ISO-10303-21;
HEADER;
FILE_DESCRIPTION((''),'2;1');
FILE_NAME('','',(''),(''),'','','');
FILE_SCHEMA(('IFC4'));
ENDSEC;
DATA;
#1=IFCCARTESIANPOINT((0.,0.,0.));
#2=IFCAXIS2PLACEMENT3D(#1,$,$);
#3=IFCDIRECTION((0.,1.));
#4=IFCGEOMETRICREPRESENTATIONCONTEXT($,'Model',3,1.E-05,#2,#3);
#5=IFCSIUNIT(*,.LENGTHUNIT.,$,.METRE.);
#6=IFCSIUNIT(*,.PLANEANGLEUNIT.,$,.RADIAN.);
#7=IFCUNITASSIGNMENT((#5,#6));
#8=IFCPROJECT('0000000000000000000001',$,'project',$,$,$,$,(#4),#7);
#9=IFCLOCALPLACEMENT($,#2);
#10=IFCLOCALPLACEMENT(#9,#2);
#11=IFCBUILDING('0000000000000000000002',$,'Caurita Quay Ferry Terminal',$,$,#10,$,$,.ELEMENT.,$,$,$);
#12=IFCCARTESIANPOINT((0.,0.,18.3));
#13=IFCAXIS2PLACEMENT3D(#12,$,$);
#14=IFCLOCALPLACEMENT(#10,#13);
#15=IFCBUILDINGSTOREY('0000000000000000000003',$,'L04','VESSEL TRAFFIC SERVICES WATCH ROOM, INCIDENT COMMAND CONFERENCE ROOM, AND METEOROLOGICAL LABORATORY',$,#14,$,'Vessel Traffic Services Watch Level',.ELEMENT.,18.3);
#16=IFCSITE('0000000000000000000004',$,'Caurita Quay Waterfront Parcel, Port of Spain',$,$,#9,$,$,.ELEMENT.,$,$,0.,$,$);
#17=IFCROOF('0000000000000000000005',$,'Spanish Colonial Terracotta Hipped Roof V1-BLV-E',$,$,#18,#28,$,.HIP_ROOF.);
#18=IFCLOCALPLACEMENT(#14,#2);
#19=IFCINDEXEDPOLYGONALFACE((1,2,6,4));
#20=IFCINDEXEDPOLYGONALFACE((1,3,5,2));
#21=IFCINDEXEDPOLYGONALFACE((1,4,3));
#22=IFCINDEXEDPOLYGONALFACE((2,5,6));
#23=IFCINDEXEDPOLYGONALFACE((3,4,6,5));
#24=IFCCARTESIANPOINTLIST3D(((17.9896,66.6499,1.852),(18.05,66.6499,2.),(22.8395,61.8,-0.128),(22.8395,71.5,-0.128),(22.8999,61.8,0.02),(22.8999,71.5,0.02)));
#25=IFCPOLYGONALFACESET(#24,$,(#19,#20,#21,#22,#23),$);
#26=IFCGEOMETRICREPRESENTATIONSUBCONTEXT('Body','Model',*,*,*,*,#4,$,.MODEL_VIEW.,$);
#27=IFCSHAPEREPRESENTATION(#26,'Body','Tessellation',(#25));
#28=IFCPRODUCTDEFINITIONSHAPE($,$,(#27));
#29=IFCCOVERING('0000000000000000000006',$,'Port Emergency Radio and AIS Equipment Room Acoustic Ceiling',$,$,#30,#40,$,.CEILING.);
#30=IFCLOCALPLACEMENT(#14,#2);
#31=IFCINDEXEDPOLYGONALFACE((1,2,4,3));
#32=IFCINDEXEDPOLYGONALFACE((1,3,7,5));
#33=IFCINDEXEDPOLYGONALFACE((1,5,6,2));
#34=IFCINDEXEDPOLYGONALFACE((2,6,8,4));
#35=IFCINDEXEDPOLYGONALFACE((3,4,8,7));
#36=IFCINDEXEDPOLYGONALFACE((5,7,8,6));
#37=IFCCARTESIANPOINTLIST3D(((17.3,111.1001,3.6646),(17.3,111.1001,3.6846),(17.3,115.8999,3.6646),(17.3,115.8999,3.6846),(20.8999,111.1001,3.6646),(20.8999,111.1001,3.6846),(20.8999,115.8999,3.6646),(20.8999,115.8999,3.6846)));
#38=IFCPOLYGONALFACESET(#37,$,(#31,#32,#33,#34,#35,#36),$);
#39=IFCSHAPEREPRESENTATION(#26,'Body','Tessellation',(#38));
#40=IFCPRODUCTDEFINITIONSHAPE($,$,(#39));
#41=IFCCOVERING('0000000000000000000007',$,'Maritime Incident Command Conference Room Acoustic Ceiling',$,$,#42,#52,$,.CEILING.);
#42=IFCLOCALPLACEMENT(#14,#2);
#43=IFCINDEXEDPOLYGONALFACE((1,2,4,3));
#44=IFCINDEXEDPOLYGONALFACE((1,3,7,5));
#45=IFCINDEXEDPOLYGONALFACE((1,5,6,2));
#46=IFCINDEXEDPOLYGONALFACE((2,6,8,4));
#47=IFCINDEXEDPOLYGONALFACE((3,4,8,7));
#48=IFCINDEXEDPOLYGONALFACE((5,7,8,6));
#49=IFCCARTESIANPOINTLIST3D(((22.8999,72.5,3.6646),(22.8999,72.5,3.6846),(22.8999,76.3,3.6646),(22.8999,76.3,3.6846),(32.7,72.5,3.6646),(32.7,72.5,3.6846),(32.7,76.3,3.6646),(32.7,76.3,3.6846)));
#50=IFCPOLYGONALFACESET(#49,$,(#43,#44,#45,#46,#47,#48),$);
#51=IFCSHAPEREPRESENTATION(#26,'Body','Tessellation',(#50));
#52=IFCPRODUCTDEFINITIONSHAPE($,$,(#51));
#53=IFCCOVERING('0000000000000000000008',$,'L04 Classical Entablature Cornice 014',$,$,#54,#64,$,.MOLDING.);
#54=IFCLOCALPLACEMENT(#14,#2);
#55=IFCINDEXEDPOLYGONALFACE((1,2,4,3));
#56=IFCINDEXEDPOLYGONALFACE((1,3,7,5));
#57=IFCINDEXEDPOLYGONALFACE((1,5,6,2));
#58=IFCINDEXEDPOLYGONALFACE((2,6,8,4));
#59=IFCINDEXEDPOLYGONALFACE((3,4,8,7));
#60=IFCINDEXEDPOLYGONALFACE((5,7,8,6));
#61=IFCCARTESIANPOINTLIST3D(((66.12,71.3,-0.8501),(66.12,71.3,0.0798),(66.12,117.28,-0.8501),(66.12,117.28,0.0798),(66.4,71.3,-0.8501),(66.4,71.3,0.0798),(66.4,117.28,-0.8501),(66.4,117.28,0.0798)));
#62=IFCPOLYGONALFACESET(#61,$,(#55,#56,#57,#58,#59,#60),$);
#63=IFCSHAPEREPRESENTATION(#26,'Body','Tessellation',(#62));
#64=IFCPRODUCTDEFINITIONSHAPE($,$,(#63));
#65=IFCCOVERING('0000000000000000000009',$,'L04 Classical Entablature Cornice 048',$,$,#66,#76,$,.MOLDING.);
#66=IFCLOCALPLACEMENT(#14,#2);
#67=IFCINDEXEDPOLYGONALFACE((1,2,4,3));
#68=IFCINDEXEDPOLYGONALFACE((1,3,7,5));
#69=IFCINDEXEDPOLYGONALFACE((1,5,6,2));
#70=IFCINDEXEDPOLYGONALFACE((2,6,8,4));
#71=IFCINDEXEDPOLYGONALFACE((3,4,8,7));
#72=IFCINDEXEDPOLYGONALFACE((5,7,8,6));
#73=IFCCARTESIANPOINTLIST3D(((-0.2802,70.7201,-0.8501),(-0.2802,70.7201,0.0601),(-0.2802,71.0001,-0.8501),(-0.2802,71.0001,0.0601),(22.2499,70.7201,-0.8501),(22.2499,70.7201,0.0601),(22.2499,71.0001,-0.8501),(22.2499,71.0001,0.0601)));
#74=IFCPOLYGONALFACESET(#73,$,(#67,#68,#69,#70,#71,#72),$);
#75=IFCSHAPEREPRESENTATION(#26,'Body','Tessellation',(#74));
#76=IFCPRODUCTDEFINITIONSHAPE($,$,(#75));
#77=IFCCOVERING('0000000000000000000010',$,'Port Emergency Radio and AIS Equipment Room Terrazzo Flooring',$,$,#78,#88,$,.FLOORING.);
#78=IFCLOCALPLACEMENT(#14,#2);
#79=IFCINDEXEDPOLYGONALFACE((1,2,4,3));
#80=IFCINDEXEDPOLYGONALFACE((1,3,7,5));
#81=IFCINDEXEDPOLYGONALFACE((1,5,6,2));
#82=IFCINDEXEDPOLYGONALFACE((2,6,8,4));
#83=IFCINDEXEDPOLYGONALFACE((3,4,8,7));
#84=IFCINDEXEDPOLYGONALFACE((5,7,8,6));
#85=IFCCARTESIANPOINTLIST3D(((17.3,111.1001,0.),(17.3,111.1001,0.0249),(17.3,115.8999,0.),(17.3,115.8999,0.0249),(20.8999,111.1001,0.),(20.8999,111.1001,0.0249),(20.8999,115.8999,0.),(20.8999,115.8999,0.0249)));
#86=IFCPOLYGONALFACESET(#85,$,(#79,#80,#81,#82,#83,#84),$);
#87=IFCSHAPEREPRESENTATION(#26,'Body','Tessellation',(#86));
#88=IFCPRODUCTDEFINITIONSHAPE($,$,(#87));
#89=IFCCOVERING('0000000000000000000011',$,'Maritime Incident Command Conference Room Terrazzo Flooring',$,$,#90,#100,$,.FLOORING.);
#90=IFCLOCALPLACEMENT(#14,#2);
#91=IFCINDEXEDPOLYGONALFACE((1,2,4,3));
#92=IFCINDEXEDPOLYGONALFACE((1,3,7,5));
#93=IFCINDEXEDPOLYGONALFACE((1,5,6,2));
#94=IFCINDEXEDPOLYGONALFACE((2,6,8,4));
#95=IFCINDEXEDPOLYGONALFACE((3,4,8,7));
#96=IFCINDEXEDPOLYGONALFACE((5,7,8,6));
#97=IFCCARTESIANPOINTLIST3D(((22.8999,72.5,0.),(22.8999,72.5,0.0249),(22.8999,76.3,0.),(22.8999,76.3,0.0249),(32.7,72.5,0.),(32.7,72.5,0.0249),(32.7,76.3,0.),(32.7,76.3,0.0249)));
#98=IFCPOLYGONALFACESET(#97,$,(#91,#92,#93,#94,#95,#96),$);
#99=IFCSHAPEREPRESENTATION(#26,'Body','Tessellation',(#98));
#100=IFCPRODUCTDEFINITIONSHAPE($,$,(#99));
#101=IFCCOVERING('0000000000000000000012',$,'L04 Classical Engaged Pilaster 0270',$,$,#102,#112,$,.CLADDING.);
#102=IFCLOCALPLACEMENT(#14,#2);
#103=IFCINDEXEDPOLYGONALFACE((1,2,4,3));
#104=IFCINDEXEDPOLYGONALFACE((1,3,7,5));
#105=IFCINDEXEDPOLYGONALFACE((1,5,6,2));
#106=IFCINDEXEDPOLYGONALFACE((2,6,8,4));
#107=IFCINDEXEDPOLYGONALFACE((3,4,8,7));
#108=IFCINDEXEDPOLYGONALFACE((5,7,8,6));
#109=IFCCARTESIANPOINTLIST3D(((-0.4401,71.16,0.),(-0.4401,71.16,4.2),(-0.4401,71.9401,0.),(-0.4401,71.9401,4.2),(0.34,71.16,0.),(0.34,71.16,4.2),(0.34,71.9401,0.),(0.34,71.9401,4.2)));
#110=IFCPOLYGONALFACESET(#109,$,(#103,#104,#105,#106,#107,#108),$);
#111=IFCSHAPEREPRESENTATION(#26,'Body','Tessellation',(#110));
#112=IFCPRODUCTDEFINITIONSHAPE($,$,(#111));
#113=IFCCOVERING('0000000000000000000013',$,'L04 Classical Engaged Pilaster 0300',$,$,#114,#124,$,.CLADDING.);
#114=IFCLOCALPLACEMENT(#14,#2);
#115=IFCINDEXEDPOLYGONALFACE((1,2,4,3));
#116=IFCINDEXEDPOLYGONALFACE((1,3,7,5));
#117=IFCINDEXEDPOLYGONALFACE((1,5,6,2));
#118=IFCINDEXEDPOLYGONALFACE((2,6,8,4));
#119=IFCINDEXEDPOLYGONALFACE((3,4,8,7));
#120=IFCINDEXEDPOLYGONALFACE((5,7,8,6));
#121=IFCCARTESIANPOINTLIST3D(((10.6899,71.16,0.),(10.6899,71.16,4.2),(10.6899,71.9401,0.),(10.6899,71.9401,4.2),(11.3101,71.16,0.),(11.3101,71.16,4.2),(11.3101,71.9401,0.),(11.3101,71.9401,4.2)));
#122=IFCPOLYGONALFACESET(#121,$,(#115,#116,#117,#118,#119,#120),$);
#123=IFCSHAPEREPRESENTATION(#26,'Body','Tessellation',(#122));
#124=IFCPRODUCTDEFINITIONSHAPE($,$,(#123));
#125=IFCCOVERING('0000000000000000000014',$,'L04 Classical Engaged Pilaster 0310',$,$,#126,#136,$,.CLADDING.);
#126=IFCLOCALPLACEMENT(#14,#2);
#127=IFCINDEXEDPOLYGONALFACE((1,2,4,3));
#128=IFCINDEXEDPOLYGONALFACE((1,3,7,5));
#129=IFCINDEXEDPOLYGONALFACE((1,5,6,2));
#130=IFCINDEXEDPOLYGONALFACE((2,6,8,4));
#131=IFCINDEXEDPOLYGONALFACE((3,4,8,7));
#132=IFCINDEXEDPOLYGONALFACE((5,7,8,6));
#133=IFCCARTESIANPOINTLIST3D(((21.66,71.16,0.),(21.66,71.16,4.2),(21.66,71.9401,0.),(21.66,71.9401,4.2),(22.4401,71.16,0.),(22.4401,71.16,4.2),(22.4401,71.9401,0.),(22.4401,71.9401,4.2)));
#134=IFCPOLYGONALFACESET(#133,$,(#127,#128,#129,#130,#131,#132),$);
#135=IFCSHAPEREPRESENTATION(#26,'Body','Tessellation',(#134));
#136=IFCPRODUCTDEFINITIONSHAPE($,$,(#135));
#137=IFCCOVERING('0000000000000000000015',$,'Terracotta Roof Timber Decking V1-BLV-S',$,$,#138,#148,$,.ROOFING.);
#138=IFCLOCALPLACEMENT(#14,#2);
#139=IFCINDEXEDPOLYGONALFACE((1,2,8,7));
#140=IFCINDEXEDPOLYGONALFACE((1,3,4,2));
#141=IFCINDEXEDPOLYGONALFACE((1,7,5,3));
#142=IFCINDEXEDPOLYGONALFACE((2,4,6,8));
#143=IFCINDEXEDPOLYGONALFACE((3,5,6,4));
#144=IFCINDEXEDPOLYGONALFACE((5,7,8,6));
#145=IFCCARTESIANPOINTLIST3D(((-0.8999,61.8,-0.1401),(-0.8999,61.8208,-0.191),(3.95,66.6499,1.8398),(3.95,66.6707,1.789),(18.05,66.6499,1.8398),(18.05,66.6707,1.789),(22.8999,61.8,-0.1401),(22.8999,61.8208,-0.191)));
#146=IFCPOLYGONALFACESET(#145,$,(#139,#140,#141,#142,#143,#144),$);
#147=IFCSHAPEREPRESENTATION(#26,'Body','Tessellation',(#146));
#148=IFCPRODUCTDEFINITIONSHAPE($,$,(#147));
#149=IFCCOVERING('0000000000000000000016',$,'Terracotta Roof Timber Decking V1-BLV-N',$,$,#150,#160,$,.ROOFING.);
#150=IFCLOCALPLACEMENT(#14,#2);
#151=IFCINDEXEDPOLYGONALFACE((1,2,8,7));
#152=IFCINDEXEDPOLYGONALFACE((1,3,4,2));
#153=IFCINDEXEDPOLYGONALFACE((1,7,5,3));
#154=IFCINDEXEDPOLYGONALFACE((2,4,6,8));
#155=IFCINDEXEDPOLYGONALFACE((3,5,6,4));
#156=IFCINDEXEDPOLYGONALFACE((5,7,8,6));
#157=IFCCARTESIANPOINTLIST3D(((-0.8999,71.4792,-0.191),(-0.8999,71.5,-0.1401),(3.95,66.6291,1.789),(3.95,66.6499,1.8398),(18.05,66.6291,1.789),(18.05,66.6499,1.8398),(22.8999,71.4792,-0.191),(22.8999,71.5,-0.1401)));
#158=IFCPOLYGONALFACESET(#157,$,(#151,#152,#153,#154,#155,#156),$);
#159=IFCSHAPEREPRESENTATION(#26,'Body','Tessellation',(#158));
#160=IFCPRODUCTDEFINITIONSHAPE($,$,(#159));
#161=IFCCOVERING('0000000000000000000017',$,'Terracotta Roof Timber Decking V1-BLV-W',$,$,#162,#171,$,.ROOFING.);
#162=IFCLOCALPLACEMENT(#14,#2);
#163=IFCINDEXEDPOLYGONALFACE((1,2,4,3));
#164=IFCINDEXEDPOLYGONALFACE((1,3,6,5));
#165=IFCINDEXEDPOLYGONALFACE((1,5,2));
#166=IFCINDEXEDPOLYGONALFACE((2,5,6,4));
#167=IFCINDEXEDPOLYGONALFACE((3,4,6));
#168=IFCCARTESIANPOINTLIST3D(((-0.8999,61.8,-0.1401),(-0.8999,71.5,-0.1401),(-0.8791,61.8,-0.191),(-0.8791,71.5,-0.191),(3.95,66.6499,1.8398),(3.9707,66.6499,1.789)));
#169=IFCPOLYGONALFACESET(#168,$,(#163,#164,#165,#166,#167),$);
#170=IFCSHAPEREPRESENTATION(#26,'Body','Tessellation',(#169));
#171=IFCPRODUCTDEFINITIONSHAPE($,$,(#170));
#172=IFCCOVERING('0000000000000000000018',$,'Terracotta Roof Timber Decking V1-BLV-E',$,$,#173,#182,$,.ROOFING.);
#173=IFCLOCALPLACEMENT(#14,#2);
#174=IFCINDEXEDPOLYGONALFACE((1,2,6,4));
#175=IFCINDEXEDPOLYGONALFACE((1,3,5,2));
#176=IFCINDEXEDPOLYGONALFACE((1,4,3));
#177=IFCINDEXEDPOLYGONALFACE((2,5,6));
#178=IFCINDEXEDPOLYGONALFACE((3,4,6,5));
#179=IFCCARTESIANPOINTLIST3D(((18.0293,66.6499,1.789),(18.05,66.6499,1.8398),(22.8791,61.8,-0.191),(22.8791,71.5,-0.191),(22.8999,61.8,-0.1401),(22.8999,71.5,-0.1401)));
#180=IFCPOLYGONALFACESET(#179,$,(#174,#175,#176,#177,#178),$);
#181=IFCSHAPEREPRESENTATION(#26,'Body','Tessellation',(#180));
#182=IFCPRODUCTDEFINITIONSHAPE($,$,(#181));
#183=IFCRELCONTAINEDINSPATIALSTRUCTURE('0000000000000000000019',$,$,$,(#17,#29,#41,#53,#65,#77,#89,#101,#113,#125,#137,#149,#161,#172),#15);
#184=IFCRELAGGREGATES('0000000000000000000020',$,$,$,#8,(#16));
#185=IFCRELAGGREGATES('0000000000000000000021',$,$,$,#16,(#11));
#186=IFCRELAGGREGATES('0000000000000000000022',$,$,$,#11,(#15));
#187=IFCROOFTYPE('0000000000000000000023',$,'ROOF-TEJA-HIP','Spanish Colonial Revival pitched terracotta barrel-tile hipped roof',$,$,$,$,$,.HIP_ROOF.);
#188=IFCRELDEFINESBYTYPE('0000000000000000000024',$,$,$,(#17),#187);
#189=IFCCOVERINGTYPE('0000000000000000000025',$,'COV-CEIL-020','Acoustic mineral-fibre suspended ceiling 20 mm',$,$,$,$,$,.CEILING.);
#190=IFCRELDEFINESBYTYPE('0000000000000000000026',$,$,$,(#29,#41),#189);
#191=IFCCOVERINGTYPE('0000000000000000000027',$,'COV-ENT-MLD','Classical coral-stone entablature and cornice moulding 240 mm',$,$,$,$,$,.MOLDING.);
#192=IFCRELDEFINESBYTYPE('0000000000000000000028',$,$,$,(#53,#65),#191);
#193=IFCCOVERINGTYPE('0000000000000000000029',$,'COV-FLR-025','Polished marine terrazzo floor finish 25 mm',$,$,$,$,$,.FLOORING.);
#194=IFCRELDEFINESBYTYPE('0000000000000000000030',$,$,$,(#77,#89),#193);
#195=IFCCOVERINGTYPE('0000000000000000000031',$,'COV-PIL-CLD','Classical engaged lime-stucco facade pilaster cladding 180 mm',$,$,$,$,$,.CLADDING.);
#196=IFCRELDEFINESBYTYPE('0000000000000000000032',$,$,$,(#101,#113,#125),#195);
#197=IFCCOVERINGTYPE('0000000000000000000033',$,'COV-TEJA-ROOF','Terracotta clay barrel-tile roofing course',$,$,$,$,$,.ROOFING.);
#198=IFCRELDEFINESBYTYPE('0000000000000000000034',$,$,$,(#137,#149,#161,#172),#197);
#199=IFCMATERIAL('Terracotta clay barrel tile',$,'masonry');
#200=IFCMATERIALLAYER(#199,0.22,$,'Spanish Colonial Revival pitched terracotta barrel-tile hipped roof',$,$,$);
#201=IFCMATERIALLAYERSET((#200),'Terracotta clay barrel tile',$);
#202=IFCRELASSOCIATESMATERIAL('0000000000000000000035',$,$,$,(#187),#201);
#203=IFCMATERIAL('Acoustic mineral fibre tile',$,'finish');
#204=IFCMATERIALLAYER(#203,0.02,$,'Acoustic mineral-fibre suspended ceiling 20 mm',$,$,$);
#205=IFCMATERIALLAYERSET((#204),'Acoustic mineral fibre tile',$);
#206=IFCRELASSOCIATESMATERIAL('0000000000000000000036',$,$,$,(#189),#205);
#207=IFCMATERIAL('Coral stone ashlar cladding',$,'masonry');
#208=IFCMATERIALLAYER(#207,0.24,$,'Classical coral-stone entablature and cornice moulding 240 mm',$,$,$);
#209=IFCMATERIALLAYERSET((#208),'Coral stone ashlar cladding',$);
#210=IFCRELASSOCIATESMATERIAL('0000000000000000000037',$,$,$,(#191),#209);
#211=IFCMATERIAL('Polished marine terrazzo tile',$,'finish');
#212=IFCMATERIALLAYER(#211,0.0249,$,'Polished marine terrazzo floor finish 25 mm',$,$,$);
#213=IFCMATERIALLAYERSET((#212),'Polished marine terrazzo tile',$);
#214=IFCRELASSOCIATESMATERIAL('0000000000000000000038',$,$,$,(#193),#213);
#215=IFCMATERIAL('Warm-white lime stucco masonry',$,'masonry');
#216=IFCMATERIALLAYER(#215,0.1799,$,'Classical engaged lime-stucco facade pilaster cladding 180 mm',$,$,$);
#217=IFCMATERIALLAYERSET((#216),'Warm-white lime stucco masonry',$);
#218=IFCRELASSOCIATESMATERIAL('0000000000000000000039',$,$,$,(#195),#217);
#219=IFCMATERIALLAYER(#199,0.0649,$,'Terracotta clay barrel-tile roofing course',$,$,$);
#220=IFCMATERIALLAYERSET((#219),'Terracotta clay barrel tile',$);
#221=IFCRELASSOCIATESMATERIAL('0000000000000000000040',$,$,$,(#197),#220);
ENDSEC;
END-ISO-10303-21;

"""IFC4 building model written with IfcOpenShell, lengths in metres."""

from ifc_helpers import new_model, si_unit, direction, frame, frame_2d, origin, origin_2d, place, context, subcontext, project, spatial, polyline, rectangle, outline, extrude, material, layer, layer_set, type_object, element, save


model = new_model("IFC4")

# Units and contexts
model_context = context("Model", 3, precision=1e-05, world=origin(), true_north=direction((0.0, 1.0)))
body_context = subcontext(model_context, "Body", "Model", "MODEL_VIEW")
ifc_project = project(units=[si_unit("LENGTHUNIT", "METRE"), si_unit("PLANEANGLEUNIT", "RADIAN")], contexts=[model_context])

# Site, building, storey
site_placement = place(None, origin())
site = spatial("IfcSite", under=ifc_project, at=site_placement, Name="Caurita Quay Waterfront Parcel, Port of Spain", CompositionType="ELEMENT", RefElevation=0.0)
building_placement = place(site_placement, origin())
building = spatial("IfcBuilding", under=site, at=building_placement, Name="Caurita Quay Ferry Terminal", CompositionType="ELEMENT")
storey_placement = place(building_placement, frame((0.0, 0.0, 18.3)))
storey = spatial("IfcBuildingStorey", under=building, at=storey_placement, Name="L04", Description="VESSEL TRAFFIC SERVICES WATCH ROOM, INCIDENT COMMAND CONFERENCE ROOM, AND METEOROLOGICAL LABORATORY", LongName="Vessel Traffic Services Watch Level", CompositionType="ELEMENT", Elevation=18.3)

# Roof
ifc_material_1 = material(Name="Terracotta clay barrel tile", Category="masonry")
ifc_layer_1 = layer(ifc_material_1, 0.22, Name="Spanish Colonial Revival pitched terracotta barrel-tile hipped roof")
ifc_layer_set_1 = layer_set([ifc_layer_1], Name="Terracotta clay barrel tile")
roof_type = type_object("IfcRoofType", Name="ROOF-TEJA-HIP", Description="Spanish Colonial Revival pitched terracotta barrel-tile hipped roof", PredefinedType="HIP_ROOF", material=ifc_layer_set_1)
roof_1_placement = place(storey_placement, frame((22.8999, 61.8, 0.02), z_axis=(0.37797, 0.0, 0.925818), x_axis=(0.0, 1.0, 0.0)))
element("IfcRoof", 1, at=roof_1_placement, inside=storey, type_object=roof_type, Name="Spanish Colonial Terracotta Hipped Roof V1-BLV-E", PredefinedType="HIP_ROOF", context=body_context, shape_type="SweptSolid", body=[
    extrude(outline(polyline([(0.0, 0.0), (9.7, 0.0), (4.8499, 5.2385), (0.0, 0.0)])), origin(), (0.0, 0.0, -1.0), 0.1599),
])

# Coverings
ifc_material_2 = material(Name="Acoustic mineral fibre tile", Category="finish")
ifc_layer_2 = layer(ifc_material_2, 0.02, Name="Acoustic mineral-fibre suspended ceiling 20 mm")
ifc_layer_set_2 = layer_set([ifc_layer_2], Name="Acoustic mineral fibre tile")
covering_type_1 = type_object("IfcCoveringType", Name="COV-CEIL-020", Description="Acoustic mineral-fibre suspended ceiling 20 mm", PredefinedType="CEILING", material=ifc_layer_set_2)
covering_1_placement = place(storey_placement, frame((0.0, 0.0, 3.6646)))
element("IfcCovering", 2, at=covering_1_placement, inside=storey, type_object=covering_type_1, Name="Port Emergency Radio and AIS Equipment Room Acoustic Ceiling", PredefinedType="CEILING", context=body_context, shape_type="SweptSolid", body=[
    extrude(outline(polyline([(17.3, 111.1001), (20.8999, 111.1001), (20.8999, 115.8999), (17.3, 115.8999), (17.3, 111.1001)])), origin(), (0.0, 0.0, 1.0), 0.02),
])
covering_2_placement = place(storey_placement, frame((0.0, 0.0, 3.6646)))
element("IfcCovering", 3, at=covering_2_placement, inside=storey, type_object=covering_type_1, Name="Maritime Incident Command Conference Room Acoustic Ceiling", PredefinedType="CEILING", context=body_context, shape_type="SweptSolid", body=[
    extrude(outline(polyline([(22.8999, 72.5), (32.7, 72.5), (32.7, 76.3), (22.8999, 76.3), (22.8999, 72.5)])), origin(), (0.0, 0.0, 1.0), 0.02),
])
ifc_material_3 = material(Name="Coral stone ashlar cladding", Category="masonry")
ifc_layer_3 = layer(ifc_material_3, 0.24, Name="Classical coral-stone entablature and cornice moulding 240 mm")
ifc_layer_set_3 = layer_set([ifc_layer_3], Name="Coral stone ashlar cladding")
covering_type_2 = type_object("IfcCoveringType", Name="COV-ENT-MLD", Description="Classical coral-stone entablature and cornice moulding 240 mm", PredefinedType="MOLDING", material=ifc_layer_set_3)
covering_3_placement = place(storey_placement, frame((66.26, 71.3, -0.8501), z_axis=(0.0, 0.0, 1.0), x_axis=(0.0, 1.0, 0.0)))
element("IfcCovering", 4, at=covering_3_placement, inside=storey, type_object=covering_type_2, Name="L04 Classical Entablature Cornice 014", PredefinedType="MOLDING", context=body_context, shape_type="SweptSolid", body=[
    extrude(rectangle(XDim=45.98, YDim=0.28, at=frame_2d((22.99, 0.0))), origin(), (0.0, 0.0, 1.0), 0.9299),
])
covering_4_placement = place(storey_placement, frame((22.25, 70.8601, -0.8501), z_axis=(0.0, 0.0, 1.0), x_axis=(-1.0, 0.0, 0.0)))
element("IfcCovering", 5, at=covering_4_placement, inside=storey, type_object=covering_type_2, Name="L04 Classical Entablature Cornice 048", PredefinedType="MOLDING", context=body_context, shape_type="SweptSolid", body=[
    extrude(rectangle(XDim=22.53, YDim=0.28, at=frame_2d((11.2651, 0.0))), origin(), (0.0, 0.0, 1.0), 0.9102),
])
ifc_material_4 = material(Name="Polished marine terrazzo tile", Category="finish")
ifc_layer_4 = layer(ifc_material_4, 0.0249, Name="Polished marine terrazzo floor finish 25 mm")
ifc_layer_set_4 = layer_set([ifc_layer_4], Name="Polished marine terrazzo tile")
covering_type_3 = type_object("IfcCoveringType", Name="COV-FLR-025", Description="Polished marine terrazzo floor finish 25 mm", PredefinedType="FLOORING", material=ifc_layer_set_4)
covering_5_placement = place(storey_placement, origin())
element("IfcCovering", 6, at=covering_5_placement, inside=storey, type_object=covering_type_3, Name="Port Emergency Radio and AIS Equipment Room Terrazzo Flooring", PredefinedType="FLOORING", context=body_context, shape_type="SweptSolid", body=[
    extrude(outline(polyline([(17.3, 111.1001), (20.8999, 111.1001), (20.8999, 115.8999), (17.3, 115.8999), (17.3, 111.1001)])), origin(), (0.0, 0.0, 1.0), 0.0249),
])
covering_6_placement = place(storey_placement, origin())
element("IfcCovering", 7, at=covering_6_placement, inside=storey, type_object=covering_type_3, Name="Maritime Incident Command Conference Room Terrazzo Flooring", PredefinedType="FLOORING", context=body_context, shape_type="SweptSolid", body=[
    extrude(outline(polyline([(22.8999, 72.5), (32.7, 72.5), (32.7, 76.3), (22.8999, 76.3), (22.8999, 72.5)])), origin(), (0.0, 0.0, 1.0), 0.0249),
])
ifc_material_5 = material(Name="Warm-white lime stucco masonry", Category="masonry")
ifc_layer_5 = layer(ifc_material_5, 0.1799, Name="Classical engaged lime-stucco facade pilaster cladding 180 mm")
ifc_layer_set_5 = layer_set([ifc_layer_5], Name="Warm-white lime stucco masonry")
covering_type_4 = type_object("IfcCoveringType", Name="COV-PIL-CLD", Description="Classical engaged lime-stucco facade pilaster cladding 180 mm", PredefinedType="CLADDING", material=ifc_layer_set_5)
covering_7_placement = place(storey_placement, frame((-0.05, 71.55, 0.0), z_axis=(0.0, 0.0, 1.0), x_axis=(1.0, 0.0, 0.0)))
element("IfcCovering", 8, at=covering_7_placement, inside=storey, type_object=covering_type_4, Name="L04 Classical Engaged Pilaster 0270", PredefinedType="CLADDING", context=body_context, shape_type="SweptSolid", body=[
    extrude(rectangle(XDim=0.78, YDim=0.78, at=origin_2d()), origin(), (0.0, 0.0, 1.0), 4.2),
])
covering_8_placement = place(storey_placement, frame((11.0, 71.55, 0.0), z_axis=(0.0, 0.0, 1.0), x_axis=(1.0, 0.0, 0.0)))
element("IfcCovering", 9, at=covering_8_placement, inside=storey, type_object=covering_type_4, Name="L04 Classical Engaged Pilaster 0300", PredefinedType="CLADDING", context=body_context, shape_type="SweptSolid", body=[
    extrude(rectangle(XDim=0.6201, YDim=0.78, at=origin_2d()), origin(), (0.0, 0.0, 1.0), 4.2),
])
covering_9_placement = place(storey_placement, frame((22.05, 71.55, 0.0), z_axis=(0.0, 0.0, 1.0), x_axis=(1.0, 0.0, 0.0)))
element("IfcCovering", 10, at=covering_9_placement, inside=storey, type_object=covering_type_4, Name="L04 Classical Engaged Pilaster 0310", PredefinedType="CLADDING", context=body_context, shape_type="SweptSolid", body=[
    extrude(rectangle(XDim=0.78, YDim=0.78, at=origin_2d()), origin(), (0.0, 0.0, 1.0), 4.2),
])
ifc_layer_6 = layer(ifc_material_1, 0.0649, Name="Terracotta clay barrel-tile roofing course")
ifc_layer_set_6 = layer_set([ifc_layer_6], Name="Terracotta clay barrel tile")
covering_type_5 = type_object("IfcCoveringType", Name="COV-TEJA-ROOF", Description="Terracotta clay barrel-tile roofing course", PredefinedType="ROOFING", material=ifc_layer_set_6)
covering_10_placement = place(storey_placement, frame((-0.8999, 61.8, -0.1401), z_axis=(0.0, -0.37797, 0.925818), x_axis=(1.0, 0.0, 0.0)))
element("IfcCovering", 11, at=covering_10_placement, inside=storey, type_object=covering_type_5, Name="Terracotta Roof Timber Decking V1-BLV-S", PredefinedType="ROOFING", context=body_context, shape_type="SweptSolid", body=[
    extrude(outline(polyline([(0.0, 0.0), (23.7998, 0.0), (18.95, 5.2385), (4.8499, 5.2385), (0.0, 0.0)])), origin(), (0.0, 0.0, -1.0), 0.0549),
])
covering_11_placement = place(storey_placement, frame((22.8999, 71.5, -0.1401), z_axis=(0.0, 0.377954, 0.925824), x_axis=(-1.0, 0.0, 0.0)))
element("IfcCovering", 12, at=covering_11_placement, inside=storey, type_object=covering_type_5, Name="Terracotta Roof Timber Decking V1-BLV-N", PredefinedType="ROOFING", context=body_context, shape_type="SweptSolid", body=[
    extrude(outline(polyline([(0.0, 0.0), (23.7998, 0.0), (18.95, 5.2387), (4.8499, 5.2387), (0.0, 0.0)])), origin(), (0.0, 0.0, -1.0), 0.0549),
])
covering_12_placement = place(storey_placement, frame((-0.8999, 71.5, -0.1401), z_axis=(-0.37797, 0.0, 0.925818), x_axis=(0.0, -1.0, 0.0)))
element("IfcCovering", 13, at=covering_12_placement, inside=storey, type_object=covering_type_5, Name="Terracotta Roof Timber Decking V1-BLV-W", PredefinedType="ROOFING", context=body_context, shape_type="SweptSolid", body=[
    extrude(outline(polyline([(0.0, 0.0), (9.7, 0.0), (4.8501, 5.2385), (0.0, 0.0)])), origin(), (0.0, 0.0, -1.0), 0.0549),
])
covering_13_placement = place(storey_placement, frame((22.8999, 61.8, -0.1401), z_axis=(0.37797, 0.0, 0.925818), x_axis=(0.0, 1.0, 0.0)))
element("IfcCovering", 14, at=covering_13_placement, inside=storey, type_object=covering_type_5, Name="Terracotta Roof Timber Decking V1-BLV-E", PredefinedType="ROOFING", context=body_context, shape_type="SweptSolid", body=[
    extrude(outline(polyline([(0.0, 0.0), (9.7, 0.0), (4.8499, 5.2385), (0.0, 0.0)])), origin(), (0.0, 0.0, -1.0), 0.0549),
])

save(model, "model.ifc")
